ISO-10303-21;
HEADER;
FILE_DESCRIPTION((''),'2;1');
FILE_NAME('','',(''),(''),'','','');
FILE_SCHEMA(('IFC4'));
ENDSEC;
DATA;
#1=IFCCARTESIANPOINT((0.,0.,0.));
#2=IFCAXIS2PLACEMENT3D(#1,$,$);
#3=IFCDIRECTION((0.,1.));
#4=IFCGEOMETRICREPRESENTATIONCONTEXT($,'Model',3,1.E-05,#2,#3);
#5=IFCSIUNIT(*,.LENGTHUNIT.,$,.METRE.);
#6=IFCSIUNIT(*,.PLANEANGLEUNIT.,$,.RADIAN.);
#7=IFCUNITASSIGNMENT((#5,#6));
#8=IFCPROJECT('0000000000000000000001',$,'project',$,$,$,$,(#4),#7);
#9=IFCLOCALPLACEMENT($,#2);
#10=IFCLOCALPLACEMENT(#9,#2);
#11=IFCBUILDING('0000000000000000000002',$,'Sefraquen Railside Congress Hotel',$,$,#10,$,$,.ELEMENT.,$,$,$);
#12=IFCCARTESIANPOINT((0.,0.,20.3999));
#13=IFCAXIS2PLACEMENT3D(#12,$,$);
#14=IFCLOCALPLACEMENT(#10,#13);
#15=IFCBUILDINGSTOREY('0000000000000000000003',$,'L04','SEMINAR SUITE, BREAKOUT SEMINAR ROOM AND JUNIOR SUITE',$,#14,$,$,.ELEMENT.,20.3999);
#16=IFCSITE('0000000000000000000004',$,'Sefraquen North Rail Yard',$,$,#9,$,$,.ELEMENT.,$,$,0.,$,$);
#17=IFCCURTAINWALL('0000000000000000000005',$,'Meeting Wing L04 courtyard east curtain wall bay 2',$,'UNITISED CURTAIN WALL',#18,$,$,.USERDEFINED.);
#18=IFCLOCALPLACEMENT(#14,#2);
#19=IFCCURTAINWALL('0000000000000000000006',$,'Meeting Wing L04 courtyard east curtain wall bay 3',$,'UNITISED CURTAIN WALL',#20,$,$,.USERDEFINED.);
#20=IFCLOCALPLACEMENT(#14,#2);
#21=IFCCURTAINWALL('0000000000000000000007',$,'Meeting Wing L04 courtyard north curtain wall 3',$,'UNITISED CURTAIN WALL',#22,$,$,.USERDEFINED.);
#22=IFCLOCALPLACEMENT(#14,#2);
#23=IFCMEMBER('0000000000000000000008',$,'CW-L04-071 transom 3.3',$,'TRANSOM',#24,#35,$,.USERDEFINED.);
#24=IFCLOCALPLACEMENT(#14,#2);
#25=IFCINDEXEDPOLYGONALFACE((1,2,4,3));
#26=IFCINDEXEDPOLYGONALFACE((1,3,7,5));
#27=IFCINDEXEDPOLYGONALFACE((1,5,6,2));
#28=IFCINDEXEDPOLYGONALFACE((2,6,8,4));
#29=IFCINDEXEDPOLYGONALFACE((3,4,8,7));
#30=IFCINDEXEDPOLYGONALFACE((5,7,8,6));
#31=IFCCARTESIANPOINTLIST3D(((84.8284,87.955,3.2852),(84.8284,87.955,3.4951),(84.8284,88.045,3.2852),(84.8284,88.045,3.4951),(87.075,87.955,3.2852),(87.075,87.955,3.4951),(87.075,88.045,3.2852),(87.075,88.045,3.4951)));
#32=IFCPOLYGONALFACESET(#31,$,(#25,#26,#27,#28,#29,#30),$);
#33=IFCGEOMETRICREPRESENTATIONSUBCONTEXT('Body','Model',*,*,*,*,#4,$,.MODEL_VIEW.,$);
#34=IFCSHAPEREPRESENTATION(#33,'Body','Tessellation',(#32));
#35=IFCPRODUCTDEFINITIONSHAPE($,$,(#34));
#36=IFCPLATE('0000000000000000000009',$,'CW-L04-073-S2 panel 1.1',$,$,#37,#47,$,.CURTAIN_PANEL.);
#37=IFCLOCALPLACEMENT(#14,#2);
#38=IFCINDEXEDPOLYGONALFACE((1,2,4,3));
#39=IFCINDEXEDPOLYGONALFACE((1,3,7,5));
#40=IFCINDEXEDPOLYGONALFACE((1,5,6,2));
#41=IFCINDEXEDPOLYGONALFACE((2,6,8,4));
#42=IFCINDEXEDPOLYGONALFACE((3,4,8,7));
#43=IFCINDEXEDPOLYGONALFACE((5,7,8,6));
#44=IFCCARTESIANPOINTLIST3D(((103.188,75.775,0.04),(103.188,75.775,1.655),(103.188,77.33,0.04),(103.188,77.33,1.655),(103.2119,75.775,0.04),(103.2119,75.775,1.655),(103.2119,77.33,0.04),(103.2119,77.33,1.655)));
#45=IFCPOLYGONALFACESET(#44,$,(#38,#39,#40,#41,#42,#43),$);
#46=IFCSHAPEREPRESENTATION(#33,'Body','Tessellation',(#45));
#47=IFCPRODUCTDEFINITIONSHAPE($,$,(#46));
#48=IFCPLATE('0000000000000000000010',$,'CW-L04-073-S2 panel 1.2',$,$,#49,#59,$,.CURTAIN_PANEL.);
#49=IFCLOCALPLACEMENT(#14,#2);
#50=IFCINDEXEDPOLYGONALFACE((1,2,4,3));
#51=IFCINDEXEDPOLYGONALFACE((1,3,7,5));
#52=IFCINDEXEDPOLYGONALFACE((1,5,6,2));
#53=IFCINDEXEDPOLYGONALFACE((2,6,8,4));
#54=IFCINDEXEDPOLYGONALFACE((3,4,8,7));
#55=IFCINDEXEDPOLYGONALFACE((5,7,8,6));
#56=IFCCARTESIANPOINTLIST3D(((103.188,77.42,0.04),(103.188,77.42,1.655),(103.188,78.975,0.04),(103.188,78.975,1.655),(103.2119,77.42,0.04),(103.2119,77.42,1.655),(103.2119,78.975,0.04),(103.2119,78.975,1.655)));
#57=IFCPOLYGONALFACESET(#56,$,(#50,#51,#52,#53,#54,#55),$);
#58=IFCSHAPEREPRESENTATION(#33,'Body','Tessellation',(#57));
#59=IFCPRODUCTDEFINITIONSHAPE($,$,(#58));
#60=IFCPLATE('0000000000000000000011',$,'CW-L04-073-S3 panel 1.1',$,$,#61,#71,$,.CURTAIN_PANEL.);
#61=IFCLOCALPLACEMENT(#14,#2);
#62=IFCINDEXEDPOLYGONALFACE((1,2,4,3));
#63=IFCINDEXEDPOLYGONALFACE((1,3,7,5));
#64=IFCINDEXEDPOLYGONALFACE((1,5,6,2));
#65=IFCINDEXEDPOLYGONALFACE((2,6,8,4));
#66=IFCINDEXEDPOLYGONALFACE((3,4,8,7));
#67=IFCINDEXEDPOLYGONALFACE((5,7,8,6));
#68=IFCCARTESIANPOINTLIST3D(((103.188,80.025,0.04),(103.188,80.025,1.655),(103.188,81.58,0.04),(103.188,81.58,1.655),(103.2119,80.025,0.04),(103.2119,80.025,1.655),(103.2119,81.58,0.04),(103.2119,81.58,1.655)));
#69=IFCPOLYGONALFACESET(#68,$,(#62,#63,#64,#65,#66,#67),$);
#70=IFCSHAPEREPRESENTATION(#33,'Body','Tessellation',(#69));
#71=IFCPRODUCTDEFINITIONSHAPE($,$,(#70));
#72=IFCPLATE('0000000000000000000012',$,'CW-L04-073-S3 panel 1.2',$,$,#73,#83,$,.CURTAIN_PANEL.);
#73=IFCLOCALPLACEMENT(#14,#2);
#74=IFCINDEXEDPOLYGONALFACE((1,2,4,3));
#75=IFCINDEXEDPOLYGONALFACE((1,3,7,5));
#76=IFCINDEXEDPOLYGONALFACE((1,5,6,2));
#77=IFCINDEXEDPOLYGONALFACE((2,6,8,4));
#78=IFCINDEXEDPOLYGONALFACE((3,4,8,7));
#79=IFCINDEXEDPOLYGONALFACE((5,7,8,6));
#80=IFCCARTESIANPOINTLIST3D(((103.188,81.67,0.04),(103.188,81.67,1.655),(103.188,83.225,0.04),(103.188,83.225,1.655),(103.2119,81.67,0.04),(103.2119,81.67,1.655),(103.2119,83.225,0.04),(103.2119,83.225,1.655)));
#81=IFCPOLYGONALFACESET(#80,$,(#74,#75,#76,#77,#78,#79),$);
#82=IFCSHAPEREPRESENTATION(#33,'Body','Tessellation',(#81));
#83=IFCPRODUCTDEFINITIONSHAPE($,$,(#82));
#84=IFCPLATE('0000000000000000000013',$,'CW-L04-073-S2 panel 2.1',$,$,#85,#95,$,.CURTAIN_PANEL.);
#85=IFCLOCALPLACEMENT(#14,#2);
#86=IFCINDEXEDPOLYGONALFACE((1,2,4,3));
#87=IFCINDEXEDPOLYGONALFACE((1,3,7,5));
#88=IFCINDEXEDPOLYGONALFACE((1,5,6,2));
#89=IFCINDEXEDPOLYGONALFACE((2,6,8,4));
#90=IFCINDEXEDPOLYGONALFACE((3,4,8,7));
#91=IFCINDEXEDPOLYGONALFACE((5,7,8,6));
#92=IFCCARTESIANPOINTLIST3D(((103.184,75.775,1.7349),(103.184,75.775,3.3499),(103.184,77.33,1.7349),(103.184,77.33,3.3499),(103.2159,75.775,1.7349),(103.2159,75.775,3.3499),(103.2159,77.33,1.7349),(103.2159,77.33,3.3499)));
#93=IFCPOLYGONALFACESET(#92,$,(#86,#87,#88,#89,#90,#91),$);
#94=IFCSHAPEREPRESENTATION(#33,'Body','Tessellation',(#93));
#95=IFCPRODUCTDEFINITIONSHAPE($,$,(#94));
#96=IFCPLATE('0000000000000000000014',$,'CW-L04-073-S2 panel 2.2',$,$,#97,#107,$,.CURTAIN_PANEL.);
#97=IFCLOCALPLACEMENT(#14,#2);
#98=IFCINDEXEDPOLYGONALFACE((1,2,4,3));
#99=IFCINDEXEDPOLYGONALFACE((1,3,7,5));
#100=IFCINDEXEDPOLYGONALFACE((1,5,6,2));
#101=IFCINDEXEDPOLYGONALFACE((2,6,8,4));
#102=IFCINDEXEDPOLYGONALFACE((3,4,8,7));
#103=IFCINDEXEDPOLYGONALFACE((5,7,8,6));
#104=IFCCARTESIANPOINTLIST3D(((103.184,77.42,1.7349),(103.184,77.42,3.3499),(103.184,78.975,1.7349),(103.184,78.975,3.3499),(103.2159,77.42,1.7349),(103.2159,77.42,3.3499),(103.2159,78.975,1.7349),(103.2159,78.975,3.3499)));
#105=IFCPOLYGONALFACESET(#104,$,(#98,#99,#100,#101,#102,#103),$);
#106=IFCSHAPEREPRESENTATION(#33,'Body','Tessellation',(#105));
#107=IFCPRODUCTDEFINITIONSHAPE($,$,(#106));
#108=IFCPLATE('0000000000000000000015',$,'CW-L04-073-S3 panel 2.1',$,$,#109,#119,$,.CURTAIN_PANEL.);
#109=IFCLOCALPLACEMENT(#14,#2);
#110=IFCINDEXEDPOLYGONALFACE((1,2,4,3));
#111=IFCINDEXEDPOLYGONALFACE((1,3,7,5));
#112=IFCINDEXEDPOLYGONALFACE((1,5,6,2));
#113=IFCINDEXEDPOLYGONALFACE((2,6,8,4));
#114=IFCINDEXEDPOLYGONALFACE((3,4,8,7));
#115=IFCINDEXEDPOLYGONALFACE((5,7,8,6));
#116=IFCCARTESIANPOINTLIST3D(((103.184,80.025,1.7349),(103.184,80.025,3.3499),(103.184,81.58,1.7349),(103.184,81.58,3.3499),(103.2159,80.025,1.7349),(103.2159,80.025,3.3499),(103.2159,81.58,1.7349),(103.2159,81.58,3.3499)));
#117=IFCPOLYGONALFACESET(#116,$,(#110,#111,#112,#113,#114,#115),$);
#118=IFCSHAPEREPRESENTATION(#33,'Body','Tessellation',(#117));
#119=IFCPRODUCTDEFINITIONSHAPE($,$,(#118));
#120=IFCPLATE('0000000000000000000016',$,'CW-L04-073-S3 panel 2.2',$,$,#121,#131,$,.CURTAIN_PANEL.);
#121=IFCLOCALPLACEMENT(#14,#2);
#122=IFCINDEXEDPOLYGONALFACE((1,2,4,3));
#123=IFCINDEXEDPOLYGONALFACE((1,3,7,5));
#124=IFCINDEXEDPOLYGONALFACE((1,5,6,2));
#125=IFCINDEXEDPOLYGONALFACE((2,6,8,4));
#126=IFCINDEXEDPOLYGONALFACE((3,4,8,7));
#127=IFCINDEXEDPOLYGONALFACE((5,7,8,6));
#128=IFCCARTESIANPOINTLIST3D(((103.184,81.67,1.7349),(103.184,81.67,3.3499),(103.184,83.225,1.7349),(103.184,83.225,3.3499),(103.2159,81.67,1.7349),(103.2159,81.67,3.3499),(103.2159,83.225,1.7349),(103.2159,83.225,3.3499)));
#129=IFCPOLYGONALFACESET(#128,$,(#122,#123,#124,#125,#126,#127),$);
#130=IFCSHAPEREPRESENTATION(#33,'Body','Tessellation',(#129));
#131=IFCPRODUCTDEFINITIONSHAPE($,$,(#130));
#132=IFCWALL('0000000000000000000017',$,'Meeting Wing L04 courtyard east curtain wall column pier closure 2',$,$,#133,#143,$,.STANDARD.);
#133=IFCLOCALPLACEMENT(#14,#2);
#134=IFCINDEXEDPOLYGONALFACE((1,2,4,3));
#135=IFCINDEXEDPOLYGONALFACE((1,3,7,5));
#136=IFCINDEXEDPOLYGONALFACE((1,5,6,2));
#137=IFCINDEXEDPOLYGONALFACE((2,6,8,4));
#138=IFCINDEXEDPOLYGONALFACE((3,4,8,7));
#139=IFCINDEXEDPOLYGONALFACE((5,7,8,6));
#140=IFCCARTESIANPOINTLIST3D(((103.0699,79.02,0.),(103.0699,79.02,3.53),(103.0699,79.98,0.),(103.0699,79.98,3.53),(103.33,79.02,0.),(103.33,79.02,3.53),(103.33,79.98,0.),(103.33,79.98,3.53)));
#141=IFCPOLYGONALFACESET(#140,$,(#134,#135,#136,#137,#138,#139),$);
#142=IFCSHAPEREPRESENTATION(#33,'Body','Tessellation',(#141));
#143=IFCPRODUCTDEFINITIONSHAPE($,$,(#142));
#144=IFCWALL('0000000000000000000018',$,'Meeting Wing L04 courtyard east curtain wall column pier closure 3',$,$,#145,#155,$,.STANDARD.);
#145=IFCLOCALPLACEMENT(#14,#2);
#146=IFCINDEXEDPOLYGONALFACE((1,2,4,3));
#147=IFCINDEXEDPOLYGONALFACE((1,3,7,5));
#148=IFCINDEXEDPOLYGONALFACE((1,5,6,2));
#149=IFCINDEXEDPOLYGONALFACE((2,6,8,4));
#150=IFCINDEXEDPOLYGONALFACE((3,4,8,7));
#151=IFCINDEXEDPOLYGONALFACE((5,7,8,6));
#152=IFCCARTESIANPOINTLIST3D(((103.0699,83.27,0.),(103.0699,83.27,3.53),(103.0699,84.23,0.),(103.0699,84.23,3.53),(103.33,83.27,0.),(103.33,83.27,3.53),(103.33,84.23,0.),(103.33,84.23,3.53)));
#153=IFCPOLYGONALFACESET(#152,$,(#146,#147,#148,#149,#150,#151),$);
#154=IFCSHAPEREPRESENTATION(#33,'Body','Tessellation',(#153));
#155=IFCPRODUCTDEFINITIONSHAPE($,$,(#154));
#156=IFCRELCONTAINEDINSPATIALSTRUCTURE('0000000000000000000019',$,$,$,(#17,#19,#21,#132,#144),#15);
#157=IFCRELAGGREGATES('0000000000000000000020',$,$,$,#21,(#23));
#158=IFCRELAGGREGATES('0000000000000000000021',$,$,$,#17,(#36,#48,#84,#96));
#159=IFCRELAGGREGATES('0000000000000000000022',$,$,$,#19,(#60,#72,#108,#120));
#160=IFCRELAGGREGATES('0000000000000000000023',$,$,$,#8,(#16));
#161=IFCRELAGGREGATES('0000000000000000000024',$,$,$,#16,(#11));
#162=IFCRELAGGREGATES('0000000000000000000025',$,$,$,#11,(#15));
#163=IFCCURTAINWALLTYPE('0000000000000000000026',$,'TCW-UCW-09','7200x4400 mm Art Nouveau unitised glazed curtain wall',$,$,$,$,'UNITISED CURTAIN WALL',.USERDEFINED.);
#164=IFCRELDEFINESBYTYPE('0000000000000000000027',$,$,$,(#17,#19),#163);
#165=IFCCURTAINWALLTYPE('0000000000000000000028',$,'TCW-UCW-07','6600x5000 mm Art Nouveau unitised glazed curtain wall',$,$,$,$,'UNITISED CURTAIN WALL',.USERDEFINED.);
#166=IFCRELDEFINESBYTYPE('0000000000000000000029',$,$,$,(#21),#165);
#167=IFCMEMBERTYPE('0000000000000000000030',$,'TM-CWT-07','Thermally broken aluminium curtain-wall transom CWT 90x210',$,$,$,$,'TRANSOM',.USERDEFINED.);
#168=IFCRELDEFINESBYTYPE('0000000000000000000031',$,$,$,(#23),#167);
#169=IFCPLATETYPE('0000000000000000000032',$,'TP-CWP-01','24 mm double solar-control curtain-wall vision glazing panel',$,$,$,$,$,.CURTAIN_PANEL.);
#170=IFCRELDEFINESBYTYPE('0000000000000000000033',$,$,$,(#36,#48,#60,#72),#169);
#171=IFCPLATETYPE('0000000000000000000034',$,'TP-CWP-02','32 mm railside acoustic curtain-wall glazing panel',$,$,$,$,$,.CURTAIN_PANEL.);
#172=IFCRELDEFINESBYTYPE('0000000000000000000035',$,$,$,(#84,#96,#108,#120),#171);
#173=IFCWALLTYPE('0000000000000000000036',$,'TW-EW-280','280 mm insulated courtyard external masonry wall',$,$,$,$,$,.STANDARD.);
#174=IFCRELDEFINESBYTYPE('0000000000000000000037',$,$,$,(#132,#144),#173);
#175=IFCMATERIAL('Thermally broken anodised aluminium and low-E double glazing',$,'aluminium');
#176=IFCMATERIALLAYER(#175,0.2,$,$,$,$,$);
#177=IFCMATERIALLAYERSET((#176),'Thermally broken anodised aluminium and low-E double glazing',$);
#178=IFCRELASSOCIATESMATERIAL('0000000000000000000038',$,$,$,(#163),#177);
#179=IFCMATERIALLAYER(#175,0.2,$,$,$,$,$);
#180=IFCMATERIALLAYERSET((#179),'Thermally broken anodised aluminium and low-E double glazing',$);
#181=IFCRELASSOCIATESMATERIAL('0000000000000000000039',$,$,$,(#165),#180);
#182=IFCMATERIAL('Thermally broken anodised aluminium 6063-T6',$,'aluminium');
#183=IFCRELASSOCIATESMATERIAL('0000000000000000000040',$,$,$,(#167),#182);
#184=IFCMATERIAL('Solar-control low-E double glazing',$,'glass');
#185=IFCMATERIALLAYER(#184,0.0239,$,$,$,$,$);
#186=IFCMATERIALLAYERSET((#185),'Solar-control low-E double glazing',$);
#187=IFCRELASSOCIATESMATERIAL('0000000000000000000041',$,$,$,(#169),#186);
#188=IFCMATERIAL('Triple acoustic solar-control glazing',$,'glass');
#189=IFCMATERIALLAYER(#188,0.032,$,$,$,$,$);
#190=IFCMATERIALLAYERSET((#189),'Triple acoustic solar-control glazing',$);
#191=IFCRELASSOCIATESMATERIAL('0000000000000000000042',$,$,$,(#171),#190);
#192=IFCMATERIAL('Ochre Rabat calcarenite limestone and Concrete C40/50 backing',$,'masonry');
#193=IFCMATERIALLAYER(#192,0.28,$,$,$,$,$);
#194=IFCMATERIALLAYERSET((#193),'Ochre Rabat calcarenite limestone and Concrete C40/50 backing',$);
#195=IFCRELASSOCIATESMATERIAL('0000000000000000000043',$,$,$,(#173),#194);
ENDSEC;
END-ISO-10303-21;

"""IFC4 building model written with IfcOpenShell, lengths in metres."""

from ifc_helpers import new_model, si_unit, direction, frame, frame_2d, origin, origin_2d, place, context, subcontext, project, spatial, rectangle, extrude, material, layer, layer_set, material_profile, profile_set, type_object, element, aggregate, save


model = new_model("IFC4")

# Units and contexts
model_context = context("Model", 3, precision=1e-05, world=origin(), true_north=direction((0.0, 1.0)))
body_context = subcontext(model_context, "Body", "Model", "MODEL_VIEW")
ifc_project = project(units=[si_unit("LENGTHUNIT", "METRE"), si_unit("PLANEANGLEUNIT", "RADIAN")], contexts=[model_context])

# Site, building, storey
site_placement = place(None, origin())
site = spatial("IfcSite", under=ifc_project, at=site_placement, Name="Sefraquen North Rail Yard", CompositionType="ELEMENT", RefElevation=0.0)
building_placement = place(site_placement, origin())
building = spatial("IfcBuilding", under=site, at=building_placement, Name="Sefraquen Railside Congress Hotel", CompositionType="ELEMENT")
storey_placement = place(building_placement, frame((0.0, 0.0, 20.3999)))
storey = spatial("IfcBuildingStorey", under=building, at=storey_placement, Name="L04", Description="SEMINAR SUITE, BREAKOUT SEMINAR ROOM AND JUNIOR SUITE", CompositionType="ELEMENT", Elevation=20.3999)

# Curtain walls
ifc_material_1 = material(Name="Thermally broken anodised aluminium and low-E double glazing", Category="aluminium")
ifc_layer_1 = layer(ifc_material_1, 0.2)
ifc_layer_set_1 = layer_set([ifc_layer_1], Name="Thermally broken anodised aluminium and low-E double glazing")
curtain_wall_type_1 = type_object("IfcCurtainWallType", Name="TCW-UCW-09", Description="7200x4400 mm Art Nouveau unitised glazed curtain wall", ElementType="UNITISED CURTAIN WALL", PredefinedType="USERDEFINED", material=ifc_layer_set_1)
curtain_wall_1_placement = place(storey_placement, origin())
curtain_wall_1 = element("IfcCurtainWall", 1, at=curtain_wall_1_placement, inside=storey, type_object=curtain_wall_type_1, Name="Meeting Wing L04 courtyard east curtain wall bay 2", ObjectType="UNITISED CURTAIN WALL", PredefinedType="USERDEFINED")
ifc_material_2 = material(Name="Thermally broken anodised aluminium 6063-T6", Category="aluminium")
curtain_wall_2_placement = place(storey_placement, origin())
curtain_wall_2 = element("IfcCurtainWall", 2, at=curtain_wall_2_placement, inside=storey, type_object=curtain_wall_type_1, Name="Meeting Wing L04 courtyard east curtain wall bay 3", ObjectType="UNITISED CURTAIN WALL", PredefinedType="USERDEFINED")

# Curtain wall, member
ifc_layer_2 = layer(ifc_material_1, 0.2)
ifc_layer_set_2 = layer_set([ifc_layer_2], Name="Thermally broken anodised aluminium and low-E double glazing")
curtain_wall_type_2 = type_object("IfcCurtainWallType", Name="TCW-UCW-07", Description="6600x5000 mm Art Nouveau unitised glazed curtain wall", ElementType="UNITISED CURTAIN WALL", PredefinedType="USERDEFINED", material=ifc_layer_set_2)
curtain_wall_3_placement = place(storey_placement, origin())
curtain_wall_3 = element("IfcCurtainWall", 3, at=curtain_wall_3_placement, inside=storey, type_object=curtain_wall_type_2, Name="Meeting Wing L04 courtyard north curtain wall 3", ObjectType="UNITISED CURTAIN WALL", PredefinedType="USERDEFINED")
ifc_material_profile_1 = material_profile(ifc_material_2, rectangle(XDim=0.0901, YDim=0.21, at=origin_2d()), Name="CWT 90x210")
ifc_profile_set_1 = profile_set([ifc_material_profile_1], Name="Thermally broken anodised aluminium 6063-T6")
member_type_1 = type_object("IfcMemberType", Name="TM-CWT-07", Description="Thermally broken aluminium curtain-wall transom CWT 90x210", ElementType="TRANSOM", PredefinedType="USERDEFINED", material=ifc_profile_set_1)
member_1_placement = place(storey_placement, frame((84.8284, 88.0, 3.3901), z_axis=(1.0, 0.0, 0.0), x_axis=(0.0, 1.0, 0.0)))
member_1 = element("IfcMember", 4, at=member_1_placement, type_object=member_type_1, Name="CW-L04-071 transom 3.3", ObjectType="TRANSOM", PredefinedType="USERDEFINED", context=body_context, shape_type="SweptSolid", body=[
    extrude(rectangle(XDim=0.0901, YDim=0.21, at=origin_2d()), origin(), (0.0, 0.0, 1.0), 2.2466),
])
aggregate(curtain_wall_3, [member_1])

# Plates
ifc_material_3 = material(Name="Solar-control low-E double glazing", Category="glass")
ifc_layer_3 = layer(ifc_material_3, 0.0239)
ifc_layer_set_3 = layer_set([ifc_layer_3], Name="Solar-control low-E double glazing")
plate_type_1 = type_object("IfcPlateType", Name="TP-CWP-01", Description="24 mm double solar-control curtain-wall vision glazing panel", PredefinedType="CURTAIN_PANEL", material=ifc_layer_set_3)
plate_1_placement = place(storey_placement, frame((103.2, 76.5525, 0.04), z_axis=(0.0, 0.0, 1.0), x_axis=(0.0, 1.0, 0.0)))
plate_1 = element("IfcPlate", 5, at=plate_1_placement, type_object=plate_type_1, Name="CW-L04-073-S2 panel 1.1", PredefinedType="CURTAIN_PANEL", context=body_context, shape_type="SweptSolid", body=[
    extrude(rectangle(XDim=1.5549, YDim=0.0239, at=origin_2d()), origin(), (0.0, 0.0, 1.0), 1.615),
])
plate_2_placement = place(storey_placement, frame((103.2, 78.1975, 0.04), z_axis=(0.0, 0.0, 1.0), x_axis=(0.0, 1.0, 0.0)))
plate_2 = element("IfcPlate", 6, at=plate_2_placement, type_object=plate_type_1, Name="CW-L04-073-S2 panel 1.2", PredefinedType="CURTAIN_PANEL", context=body_context, shape_type="SweptSolid", body=[
    extrude(rectangle(XDim=1.5549, YDim=0.0239, at=origin_2d()), origin(), (0.0, 0.0, 1.0), 1.615),
])
plate_3_placement = place(storey_placement, frame((103.2, 80.8025, 0.04), z_axis=(0.0, 0.0, 1.0), x_axis=(0.0, 1.0, 0.0)))
plate_3 = element("IfcPlate", 7, at=plate_3_placement, type_object=plate_type_1, Name="CW-L04-073-S3 panel 1.1", PredefinedType="CURTAIN_PANEL", context=body_context, shape_type="SweptSolid", body=[
    extrude(rectangle(XDim=1.5549, YDim=0.0239, at=origin_2d()), origin(), (0.0, 0.0, 1.0), 1.615),
])
plate_4_placement = place(storey_placement, frame((103.2, 82.4475, 0.04), z_axis=(0.0, 0.0, 1.0), x_axis=(0.0, 1.0, 0.0)))
plate_4 = element("IfcPlate", 8, at=plate_4_placement, type_object=plate_type_1, Name="CW-L04-073-S3 panel 1.2", PredefinedType="CURTAIN_PANEL", context=body_context, shape_type="SweptSolid", body=[
    extrude(rectangle(XDim=1.5549, YDim=0.0239, at=origin_2d()), origin(), (0.0, 0.0, 1.0), 1.615),
])
ifc_material_4 = material(Name="Triple acoustic solar-control glazing", Category="glass")
ifc_layer_4 = layer(ifc_material_4, 0.032)
ifc_layer_set_4 = layer_set([ifc_layer_4], Name="Triple acoustic solar-control glazing")
plate_type_2 = type_object("IfcPlateType", Name="TP-CWP-02", Description="32 mm railside acoustic curtain-wall glazing panel", PredefinedType="CURTAIN_PANEL", material=ifc_layer_set_4)
plate_5_placement = place(storey_placement, frame((103.2, 76.5525, 1.7349), z_axis=(0.0, 0.0, 1.0), x_axis=(0.0, 1.0, 0.0)))
plate_5 = element("IfcPlate", 9, at=plate_5_placement, type_object=plate_type_2, Name="CW-L04-073-S2 panel 2.1", PredefinedType="CURTAIN_PANEL", context=body_context, shape_type="SweptSolid", body=[
    extrude(rectangle(XDim=1.5549, YDim=0.032, at=origin_2d()), origin(), (0.0, 0.0, 1.0), 1.615),
])
plate_6_placement = place(storey_placement, frame((103.2, 78.1975, 1.7349), z_axis=(0.0, 0.0, 1.0), x_axis=(0.0, 1.0, 0.0)))
plate_6 = element("IfcPlate", 10, at=plate_6_placement, type_object=plate_type_2, Name="CW-L04-073-S2 panel 2.2", PredefinedType="CURTAIN_PANEL", context=body_context, shape_type="SweptSolid", body=[
    extrude(rectangle(XDim=1.5549, YDim=0.032, at=origin_2d()), origin(), (0.0, 0.0, 1.0), 1.615),
])
aggregate(curtain_wall_1, [plate_1, plate_2, plate_5, plate_6])
plate_7_placement = place(storey_placement, frame((103.2, 80.8025, 1.7349), z_axis=(0.0, 0.0, 1.0), x_axis=(0.0, 1.0, 0.0)))
plate_7 = element("IfcPlate", 11, at=plate_7_placement, type_object=plate_type_2, Name="CW-L04-073-S3 panel 2.1", PredefinedType="CURTAIN_PANEL", context=body_context, shape_type="SweptSolid", body=[
    extrude(rectangle(XDim=1.5549, YDim=0.032, at=origin_2d()), origin(), (0.0, 0.0, 1.0), 1.615),
])
plate_8_placement = place(storey_placement, frame((103.2, 82.4475, 1.7349), z_axis=(0.0, 0.0, 1.0), x_axis=(0.0, 1.0, 0.0)))
plate_8 = element("IfcPlate", 12, at=plate_8_placement, type_object=plate_type_2, Name="CW-L04-073-S3 panel 2.2", PredefinedType="CURTAIN_PANEL", context=body_context, shape_type="SweptSolid", body=[
    extrude(rectangle(XDim=1.5549, YDim=0.032, at=origin_2d()), origin(), (0.0, 0.0, 1.0), 1.615),
])
aggregate(curtain_wall_2, [plate_3, plate_4, plate_7, plate_8])

# Walls
ifc_material_5 = material(Name="Ochre Rabat calcarenite limestone and Concrete C40/50 backing", Category="masonry")
ifc_layer_5 = layer(ifc_material_5, 0.28)
ifc_layer_set_5 = layer_set([ifc_layer_5], Name="Ochre Rabat calcarenite limestone and Concrete C40/50 backing")
wall_type = type_object("IfcWallType", Name="TW-EW-280", Description="280 mm insulated courtyard external masonry wall", PredefinedType="STANDARD", material=ifc_layer_set_5)
for number, where, z_axis, x_axis, name in (
    (13, (103.2, 79.02, 0.0), (0.0, 0.0, 1.0), (0.0, 1.0, 0.0), "Meeting Wing L04 courtyard east curtain wall column pier closure 2"),
    (14, (103.2, 83.27, 0.0), (0.0, 0.0, 1.0), (0.0, 1.0, 0.0), "Meeting Wing L04 courtyard east curtain wall column pier closure 3"),
):
    element("IfcWall", number, at=place(storey_placement, frame(where, z_axis=z_axis, x_axis=x_axis)), inside=storey, type_object=wall_type, Name=name, PredefinedType="STANDARD", context=body_context, shape_type="SweptSolid", body=[
        extrude(rectangle(XDim=0.96, YDim=0.26, at=frame_2d((0.48, 0.0))), origin(), (0.0, 0.0, 1.0), 3.53),
    ])

save(model, "model.ifc")
